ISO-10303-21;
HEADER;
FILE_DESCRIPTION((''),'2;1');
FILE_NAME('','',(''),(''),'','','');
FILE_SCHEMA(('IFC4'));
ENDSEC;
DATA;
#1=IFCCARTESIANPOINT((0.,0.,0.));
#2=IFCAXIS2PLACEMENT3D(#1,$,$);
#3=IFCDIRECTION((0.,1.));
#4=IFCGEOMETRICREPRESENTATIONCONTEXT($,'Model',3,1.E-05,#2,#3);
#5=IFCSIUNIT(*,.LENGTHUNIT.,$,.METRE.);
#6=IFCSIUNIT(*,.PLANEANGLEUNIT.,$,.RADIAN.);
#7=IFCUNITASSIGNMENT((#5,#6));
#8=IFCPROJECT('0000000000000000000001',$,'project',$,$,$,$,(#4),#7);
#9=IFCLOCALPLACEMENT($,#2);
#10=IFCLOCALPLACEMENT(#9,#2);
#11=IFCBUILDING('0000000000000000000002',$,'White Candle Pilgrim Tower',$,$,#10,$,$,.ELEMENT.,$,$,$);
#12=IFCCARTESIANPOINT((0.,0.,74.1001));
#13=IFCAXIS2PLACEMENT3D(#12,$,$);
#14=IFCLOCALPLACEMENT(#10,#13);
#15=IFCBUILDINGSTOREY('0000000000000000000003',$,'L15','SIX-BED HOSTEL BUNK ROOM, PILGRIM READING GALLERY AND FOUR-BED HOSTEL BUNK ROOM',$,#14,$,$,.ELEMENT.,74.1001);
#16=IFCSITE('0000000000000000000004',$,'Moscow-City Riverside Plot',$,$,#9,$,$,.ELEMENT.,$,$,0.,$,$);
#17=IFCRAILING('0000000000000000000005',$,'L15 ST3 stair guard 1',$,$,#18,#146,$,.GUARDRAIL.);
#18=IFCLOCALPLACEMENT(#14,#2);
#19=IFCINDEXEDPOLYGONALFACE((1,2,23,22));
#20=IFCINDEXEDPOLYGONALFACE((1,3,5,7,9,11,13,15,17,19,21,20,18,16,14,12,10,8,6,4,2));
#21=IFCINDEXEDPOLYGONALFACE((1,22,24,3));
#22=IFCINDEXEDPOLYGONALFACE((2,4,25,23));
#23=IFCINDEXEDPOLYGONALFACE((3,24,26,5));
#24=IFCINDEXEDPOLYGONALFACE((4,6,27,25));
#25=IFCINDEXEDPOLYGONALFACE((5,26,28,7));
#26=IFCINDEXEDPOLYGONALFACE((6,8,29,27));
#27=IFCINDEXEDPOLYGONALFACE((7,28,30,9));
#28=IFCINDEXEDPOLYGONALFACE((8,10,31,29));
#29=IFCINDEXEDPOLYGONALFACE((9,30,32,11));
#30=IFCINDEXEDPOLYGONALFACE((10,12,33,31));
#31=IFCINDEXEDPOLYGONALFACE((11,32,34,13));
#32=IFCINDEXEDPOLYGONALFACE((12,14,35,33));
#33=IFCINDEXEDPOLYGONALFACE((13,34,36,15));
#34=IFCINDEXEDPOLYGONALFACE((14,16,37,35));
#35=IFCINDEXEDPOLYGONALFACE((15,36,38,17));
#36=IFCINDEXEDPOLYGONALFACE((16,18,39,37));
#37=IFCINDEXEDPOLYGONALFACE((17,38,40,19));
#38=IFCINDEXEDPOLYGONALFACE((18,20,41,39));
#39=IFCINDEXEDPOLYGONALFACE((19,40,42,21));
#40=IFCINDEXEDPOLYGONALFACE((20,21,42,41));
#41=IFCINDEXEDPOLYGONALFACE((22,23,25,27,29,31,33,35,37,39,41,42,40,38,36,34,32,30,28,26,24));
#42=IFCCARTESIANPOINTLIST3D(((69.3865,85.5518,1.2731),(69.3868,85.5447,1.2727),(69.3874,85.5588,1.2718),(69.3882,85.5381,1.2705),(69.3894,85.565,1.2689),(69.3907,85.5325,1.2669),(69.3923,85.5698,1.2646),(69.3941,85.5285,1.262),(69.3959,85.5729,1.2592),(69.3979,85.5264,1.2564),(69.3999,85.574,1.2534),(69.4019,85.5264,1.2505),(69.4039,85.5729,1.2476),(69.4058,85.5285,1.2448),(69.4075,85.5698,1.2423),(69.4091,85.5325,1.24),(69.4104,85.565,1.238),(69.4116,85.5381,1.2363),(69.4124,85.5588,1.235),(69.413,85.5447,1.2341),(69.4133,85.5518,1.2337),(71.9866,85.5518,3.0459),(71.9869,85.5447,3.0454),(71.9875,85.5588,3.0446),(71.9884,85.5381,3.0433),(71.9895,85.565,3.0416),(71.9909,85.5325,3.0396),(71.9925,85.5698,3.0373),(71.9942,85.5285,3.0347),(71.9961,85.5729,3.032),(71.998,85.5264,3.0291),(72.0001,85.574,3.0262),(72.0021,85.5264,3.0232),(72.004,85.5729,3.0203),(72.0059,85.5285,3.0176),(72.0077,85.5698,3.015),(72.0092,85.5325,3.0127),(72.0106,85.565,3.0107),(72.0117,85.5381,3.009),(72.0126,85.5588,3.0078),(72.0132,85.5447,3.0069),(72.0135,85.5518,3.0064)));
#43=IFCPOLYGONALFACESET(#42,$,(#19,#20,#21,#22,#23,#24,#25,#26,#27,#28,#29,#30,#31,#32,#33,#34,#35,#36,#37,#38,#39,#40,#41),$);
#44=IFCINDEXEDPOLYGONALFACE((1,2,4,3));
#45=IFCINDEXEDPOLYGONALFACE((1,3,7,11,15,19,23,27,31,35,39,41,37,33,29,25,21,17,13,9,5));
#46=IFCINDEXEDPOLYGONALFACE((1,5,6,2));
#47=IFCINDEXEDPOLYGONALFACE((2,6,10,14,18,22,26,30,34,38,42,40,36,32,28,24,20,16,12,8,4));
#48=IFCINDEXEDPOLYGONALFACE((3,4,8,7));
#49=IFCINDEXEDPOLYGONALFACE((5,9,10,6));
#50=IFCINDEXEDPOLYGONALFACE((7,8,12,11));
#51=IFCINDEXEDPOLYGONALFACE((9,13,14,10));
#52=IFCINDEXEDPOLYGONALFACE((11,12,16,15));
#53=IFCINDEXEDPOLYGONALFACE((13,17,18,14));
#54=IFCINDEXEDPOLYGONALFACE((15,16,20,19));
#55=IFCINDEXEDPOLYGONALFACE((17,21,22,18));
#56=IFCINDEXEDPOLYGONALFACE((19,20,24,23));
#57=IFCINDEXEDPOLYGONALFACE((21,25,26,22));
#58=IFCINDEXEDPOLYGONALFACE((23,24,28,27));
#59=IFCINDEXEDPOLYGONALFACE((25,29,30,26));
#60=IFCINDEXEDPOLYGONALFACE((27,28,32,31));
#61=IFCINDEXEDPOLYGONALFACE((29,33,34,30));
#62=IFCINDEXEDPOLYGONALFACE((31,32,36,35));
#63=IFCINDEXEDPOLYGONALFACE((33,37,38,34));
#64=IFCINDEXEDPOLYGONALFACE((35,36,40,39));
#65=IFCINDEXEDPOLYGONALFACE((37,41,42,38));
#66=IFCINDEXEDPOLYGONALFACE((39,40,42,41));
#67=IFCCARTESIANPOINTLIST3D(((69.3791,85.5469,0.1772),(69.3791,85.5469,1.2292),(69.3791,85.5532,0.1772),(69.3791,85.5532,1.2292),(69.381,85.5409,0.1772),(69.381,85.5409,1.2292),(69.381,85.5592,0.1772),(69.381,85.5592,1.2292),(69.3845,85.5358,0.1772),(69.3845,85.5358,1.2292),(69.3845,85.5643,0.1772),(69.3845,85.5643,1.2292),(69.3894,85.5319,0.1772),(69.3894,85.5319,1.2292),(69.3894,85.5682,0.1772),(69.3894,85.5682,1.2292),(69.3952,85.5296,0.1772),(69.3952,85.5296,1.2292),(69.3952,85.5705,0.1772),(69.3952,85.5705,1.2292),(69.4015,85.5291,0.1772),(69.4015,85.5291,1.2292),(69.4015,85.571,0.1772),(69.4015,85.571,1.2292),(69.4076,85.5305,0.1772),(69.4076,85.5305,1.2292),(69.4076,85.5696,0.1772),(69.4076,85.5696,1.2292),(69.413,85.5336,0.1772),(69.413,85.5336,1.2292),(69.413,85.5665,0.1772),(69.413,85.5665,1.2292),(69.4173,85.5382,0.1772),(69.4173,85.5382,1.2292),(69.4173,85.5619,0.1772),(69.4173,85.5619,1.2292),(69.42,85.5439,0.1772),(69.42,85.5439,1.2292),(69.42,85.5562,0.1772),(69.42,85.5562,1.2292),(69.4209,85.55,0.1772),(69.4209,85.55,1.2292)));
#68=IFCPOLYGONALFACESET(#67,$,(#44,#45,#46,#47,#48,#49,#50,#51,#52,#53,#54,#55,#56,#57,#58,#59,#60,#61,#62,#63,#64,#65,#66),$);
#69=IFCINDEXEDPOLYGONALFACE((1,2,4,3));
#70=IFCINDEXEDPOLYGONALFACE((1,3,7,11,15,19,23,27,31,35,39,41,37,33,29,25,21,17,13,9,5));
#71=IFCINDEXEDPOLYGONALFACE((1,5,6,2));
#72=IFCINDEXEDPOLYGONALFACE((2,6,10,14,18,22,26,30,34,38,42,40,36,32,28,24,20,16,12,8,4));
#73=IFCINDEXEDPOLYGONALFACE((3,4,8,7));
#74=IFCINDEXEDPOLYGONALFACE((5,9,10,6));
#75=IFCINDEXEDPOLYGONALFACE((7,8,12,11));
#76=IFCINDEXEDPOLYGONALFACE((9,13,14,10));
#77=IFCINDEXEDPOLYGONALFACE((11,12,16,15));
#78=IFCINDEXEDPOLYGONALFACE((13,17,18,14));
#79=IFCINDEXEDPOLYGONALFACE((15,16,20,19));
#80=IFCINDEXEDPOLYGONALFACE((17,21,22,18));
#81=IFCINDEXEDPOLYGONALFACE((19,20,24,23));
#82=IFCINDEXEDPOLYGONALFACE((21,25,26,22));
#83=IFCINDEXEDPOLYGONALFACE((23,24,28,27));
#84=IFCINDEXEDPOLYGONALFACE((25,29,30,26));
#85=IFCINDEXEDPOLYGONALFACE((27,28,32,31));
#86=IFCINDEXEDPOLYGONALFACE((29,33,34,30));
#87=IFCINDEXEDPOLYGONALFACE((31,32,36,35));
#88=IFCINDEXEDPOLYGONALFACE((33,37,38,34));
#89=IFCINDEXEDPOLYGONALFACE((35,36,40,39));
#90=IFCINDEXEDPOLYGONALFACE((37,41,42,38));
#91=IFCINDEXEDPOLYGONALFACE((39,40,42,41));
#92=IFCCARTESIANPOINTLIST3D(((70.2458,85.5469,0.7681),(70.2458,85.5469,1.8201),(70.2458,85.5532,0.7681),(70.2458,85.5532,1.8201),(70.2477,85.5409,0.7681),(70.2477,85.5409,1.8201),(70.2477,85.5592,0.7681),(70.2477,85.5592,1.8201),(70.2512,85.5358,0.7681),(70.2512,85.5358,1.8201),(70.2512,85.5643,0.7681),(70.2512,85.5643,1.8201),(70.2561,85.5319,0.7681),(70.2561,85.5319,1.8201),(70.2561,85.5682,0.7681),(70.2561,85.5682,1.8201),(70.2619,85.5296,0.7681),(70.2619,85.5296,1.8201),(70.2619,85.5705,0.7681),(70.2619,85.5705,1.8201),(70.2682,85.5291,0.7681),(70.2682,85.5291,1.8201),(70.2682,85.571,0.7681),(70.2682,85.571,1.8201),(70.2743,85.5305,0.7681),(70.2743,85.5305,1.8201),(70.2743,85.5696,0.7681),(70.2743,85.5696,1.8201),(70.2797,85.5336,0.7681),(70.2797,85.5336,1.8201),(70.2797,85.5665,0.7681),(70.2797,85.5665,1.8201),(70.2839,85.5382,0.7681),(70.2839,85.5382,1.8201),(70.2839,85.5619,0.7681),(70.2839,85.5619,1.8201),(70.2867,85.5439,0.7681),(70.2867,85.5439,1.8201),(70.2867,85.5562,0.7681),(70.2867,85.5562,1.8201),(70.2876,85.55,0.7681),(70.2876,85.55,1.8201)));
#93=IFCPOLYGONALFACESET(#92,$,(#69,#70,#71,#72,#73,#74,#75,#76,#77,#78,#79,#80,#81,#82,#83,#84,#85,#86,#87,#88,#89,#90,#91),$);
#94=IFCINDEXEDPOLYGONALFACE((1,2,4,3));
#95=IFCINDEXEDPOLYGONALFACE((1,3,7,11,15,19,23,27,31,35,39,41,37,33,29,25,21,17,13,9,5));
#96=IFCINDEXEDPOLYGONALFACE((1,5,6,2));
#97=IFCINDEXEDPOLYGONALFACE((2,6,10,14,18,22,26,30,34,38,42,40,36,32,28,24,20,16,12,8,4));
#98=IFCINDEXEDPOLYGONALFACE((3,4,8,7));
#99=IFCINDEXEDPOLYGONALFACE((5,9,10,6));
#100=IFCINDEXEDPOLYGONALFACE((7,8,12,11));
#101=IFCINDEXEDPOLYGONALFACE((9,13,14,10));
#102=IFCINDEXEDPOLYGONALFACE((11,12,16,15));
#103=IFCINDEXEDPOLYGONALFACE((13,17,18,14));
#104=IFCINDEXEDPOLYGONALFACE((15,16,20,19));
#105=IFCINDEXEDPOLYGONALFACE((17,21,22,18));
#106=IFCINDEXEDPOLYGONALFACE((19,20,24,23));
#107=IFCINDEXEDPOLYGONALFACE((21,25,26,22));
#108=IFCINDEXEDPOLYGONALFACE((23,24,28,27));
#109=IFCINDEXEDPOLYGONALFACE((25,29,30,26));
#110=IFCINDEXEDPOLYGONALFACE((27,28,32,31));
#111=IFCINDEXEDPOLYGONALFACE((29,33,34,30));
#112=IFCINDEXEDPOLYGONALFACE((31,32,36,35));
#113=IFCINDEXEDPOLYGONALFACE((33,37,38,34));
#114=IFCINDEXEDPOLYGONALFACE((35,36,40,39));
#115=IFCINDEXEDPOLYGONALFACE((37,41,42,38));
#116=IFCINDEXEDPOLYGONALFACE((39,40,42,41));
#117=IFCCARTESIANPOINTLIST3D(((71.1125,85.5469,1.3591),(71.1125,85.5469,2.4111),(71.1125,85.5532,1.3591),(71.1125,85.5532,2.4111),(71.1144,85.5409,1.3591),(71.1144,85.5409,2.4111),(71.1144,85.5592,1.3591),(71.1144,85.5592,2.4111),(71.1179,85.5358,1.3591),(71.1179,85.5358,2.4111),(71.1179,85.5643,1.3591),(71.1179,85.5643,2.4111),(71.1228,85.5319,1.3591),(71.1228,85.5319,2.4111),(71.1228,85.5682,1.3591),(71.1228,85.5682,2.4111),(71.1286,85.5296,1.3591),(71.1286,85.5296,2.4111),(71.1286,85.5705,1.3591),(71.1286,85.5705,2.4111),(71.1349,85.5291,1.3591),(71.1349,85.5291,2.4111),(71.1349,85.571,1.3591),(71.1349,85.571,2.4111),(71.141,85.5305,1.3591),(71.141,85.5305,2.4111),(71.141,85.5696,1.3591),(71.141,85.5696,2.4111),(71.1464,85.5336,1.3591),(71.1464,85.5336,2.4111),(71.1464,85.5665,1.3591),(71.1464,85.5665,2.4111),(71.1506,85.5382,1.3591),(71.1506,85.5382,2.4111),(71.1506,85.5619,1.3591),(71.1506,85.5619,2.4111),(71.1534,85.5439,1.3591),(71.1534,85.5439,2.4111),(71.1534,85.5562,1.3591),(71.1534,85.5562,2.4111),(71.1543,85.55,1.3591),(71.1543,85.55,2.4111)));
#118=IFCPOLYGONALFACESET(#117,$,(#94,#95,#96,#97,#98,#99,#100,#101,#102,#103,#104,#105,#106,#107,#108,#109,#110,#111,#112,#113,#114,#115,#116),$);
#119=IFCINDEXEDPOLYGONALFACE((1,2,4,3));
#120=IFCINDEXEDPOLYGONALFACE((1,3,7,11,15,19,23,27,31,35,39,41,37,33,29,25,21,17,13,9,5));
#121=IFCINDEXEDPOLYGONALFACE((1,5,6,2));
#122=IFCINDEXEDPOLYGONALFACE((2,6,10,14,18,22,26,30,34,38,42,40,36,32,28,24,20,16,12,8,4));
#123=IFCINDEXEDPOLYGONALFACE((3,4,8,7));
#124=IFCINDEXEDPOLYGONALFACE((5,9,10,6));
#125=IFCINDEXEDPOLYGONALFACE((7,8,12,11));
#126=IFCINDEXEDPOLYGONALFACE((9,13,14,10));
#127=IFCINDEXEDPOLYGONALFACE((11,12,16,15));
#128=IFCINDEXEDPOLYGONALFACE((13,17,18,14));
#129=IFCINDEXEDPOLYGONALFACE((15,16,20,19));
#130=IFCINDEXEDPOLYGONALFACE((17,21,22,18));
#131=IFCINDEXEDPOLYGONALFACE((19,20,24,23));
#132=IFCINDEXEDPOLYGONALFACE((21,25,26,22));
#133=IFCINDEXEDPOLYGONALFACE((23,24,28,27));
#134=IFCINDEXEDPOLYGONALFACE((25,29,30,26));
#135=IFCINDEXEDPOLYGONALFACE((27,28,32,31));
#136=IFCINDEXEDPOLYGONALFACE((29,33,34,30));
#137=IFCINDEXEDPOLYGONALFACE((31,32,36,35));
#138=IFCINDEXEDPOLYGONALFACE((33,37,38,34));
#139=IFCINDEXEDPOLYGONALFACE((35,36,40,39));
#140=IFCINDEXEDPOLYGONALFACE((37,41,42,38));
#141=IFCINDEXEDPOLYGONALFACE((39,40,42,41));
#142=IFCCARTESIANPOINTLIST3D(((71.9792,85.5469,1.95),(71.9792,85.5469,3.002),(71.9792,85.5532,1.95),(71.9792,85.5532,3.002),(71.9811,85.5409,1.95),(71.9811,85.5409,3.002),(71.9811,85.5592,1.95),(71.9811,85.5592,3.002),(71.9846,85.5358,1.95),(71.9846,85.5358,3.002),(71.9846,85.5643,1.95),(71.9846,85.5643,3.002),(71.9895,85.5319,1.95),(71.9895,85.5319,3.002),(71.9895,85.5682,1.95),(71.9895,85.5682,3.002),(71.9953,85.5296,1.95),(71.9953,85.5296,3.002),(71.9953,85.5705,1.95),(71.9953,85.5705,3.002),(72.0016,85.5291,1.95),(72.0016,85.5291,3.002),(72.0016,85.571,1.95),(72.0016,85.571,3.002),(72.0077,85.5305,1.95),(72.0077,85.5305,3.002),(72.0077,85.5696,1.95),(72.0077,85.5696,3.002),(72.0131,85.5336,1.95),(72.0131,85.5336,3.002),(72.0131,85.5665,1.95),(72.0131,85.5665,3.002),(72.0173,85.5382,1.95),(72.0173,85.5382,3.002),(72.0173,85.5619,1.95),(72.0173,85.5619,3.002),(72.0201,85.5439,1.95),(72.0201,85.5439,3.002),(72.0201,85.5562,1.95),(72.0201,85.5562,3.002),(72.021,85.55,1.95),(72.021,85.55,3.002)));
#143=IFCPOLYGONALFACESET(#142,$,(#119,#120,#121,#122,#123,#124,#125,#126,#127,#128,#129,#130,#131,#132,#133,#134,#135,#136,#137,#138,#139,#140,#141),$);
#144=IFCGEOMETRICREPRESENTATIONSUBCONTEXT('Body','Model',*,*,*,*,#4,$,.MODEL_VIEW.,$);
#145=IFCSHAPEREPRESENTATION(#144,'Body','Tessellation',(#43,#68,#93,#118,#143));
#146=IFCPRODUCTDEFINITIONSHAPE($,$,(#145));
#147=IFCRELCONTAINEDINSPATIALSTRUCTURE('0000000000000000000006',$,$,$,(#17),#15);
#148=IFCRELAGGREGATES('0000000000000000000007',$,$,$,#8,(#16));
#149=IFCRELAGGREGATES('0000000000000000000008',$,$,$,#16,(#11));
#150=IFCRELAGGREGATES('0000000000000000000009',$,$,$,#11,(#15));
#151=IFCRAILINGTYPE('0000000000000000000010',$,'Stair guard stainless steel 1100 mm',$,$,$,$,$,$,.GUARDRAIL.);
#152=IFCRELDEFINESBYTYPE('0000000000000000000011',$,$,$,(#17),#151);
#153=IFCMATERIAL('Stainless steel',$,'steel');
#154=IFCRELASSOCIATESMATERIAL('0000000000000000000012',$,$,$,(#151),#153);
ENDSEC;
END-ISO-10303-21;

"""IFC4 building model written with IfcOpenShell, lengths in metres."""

from ifc_helpers import new_model, si_unit, direction, frame, origin, origin_2d, place, context, subcontext, project, spatial, circle, extrude, material, type_object, element, save


model = new_model("IFC4")

# Units and contexts
model_context = context("Model", 3, precision=1e-05, world=origin(), true_north=direction((0.0, 1.0)))
body_context = subcontext(model_context, "Body", "Model", "MODEL_VIEW")
ifc_project = project(units=[si_unit("LENGTHUNIT", "METRE"), si_unit("PLANEANGLEUNIT", "RADIAN")], contexts=[model_context])

# Site, building, storey
site_placement = place(None, origin())
site = spatial("IfcSite", under=ifc_project, at=site_placement, Name="Moscow-City Riverside Plot", CompositionType="ELEMENT", RefElevation=0.0)
building_placement = place(site_placement, origin())
building = spatial("IfcBuilding", under=site, at=building_placement, Name="White Candle Pilgrim Tower", CompositionType="ELEMENT")
storey_placement = place(building_placement, frame((0.0, 0.0, 74.1001)))
storey = spatial("IfcBuildingStorey", under=building, at=storey_placement, Name="L15", Description="SIX-BED HOSTEL BUNK ROOM, PILGRIM READING GALLERY AND FOUR-BED HOSTEL BUNK ROOM", CompositionType="ELEMENT", Elevation=74.1001)

# Railing
ifc_material_1 = material(Name="Stainless steel", Category="steel")
railing_type_1 = type_object("IfcRailingType", Name="Stair guard stainless steel 1100 mm", PredefinedType="GUARDRAIL", material=ifc_material_1)
railing_1_placement = place(storey_placement, frame((69.3999, 85.55, 0.1772)))
element("IfcRailing", 1, at=railing_1_placement, inside=storey, type_object=railing_type_1, Name="L15 ST3 stair guard 1", PredefinedType="GUARDRAIL", context=body_context, shape_type="SweptSolid", body=[
    extrude(circle(Radius=0.0239, at=origin_2d()), frame((0.0, 0.0, 1.0762), z_axis=(0.82624, 0.0, 0.563318), x_axis=(0.0, 1.0, 0.0)), (0.0, 0.0, 1.0), 3.147),
    extrude(circle(Radius=0.021, at=origin_2d()), origin(), (0.0, 0.0, 1.0), 1.052),
    extrude(circle(Radius=0.021, at=origin_2d()), frame((0.8667, 0.0, 0.5908)), (0.0, 0.0, 1.0), 1.052),
    extrude(circle(Radius=0.021, at=origin_2d()), frame((1.7334, 0.0, 1.1819)), (0.0, 0.0, 1.0), 1.052),
    extrude(circle(Radius=0.021, at=origin_2d()), frame((2.6001, 0.0, 1.7727)), (0.0, 0.0, 1.0), 1.052),
])

save(model, "model.ifc")
